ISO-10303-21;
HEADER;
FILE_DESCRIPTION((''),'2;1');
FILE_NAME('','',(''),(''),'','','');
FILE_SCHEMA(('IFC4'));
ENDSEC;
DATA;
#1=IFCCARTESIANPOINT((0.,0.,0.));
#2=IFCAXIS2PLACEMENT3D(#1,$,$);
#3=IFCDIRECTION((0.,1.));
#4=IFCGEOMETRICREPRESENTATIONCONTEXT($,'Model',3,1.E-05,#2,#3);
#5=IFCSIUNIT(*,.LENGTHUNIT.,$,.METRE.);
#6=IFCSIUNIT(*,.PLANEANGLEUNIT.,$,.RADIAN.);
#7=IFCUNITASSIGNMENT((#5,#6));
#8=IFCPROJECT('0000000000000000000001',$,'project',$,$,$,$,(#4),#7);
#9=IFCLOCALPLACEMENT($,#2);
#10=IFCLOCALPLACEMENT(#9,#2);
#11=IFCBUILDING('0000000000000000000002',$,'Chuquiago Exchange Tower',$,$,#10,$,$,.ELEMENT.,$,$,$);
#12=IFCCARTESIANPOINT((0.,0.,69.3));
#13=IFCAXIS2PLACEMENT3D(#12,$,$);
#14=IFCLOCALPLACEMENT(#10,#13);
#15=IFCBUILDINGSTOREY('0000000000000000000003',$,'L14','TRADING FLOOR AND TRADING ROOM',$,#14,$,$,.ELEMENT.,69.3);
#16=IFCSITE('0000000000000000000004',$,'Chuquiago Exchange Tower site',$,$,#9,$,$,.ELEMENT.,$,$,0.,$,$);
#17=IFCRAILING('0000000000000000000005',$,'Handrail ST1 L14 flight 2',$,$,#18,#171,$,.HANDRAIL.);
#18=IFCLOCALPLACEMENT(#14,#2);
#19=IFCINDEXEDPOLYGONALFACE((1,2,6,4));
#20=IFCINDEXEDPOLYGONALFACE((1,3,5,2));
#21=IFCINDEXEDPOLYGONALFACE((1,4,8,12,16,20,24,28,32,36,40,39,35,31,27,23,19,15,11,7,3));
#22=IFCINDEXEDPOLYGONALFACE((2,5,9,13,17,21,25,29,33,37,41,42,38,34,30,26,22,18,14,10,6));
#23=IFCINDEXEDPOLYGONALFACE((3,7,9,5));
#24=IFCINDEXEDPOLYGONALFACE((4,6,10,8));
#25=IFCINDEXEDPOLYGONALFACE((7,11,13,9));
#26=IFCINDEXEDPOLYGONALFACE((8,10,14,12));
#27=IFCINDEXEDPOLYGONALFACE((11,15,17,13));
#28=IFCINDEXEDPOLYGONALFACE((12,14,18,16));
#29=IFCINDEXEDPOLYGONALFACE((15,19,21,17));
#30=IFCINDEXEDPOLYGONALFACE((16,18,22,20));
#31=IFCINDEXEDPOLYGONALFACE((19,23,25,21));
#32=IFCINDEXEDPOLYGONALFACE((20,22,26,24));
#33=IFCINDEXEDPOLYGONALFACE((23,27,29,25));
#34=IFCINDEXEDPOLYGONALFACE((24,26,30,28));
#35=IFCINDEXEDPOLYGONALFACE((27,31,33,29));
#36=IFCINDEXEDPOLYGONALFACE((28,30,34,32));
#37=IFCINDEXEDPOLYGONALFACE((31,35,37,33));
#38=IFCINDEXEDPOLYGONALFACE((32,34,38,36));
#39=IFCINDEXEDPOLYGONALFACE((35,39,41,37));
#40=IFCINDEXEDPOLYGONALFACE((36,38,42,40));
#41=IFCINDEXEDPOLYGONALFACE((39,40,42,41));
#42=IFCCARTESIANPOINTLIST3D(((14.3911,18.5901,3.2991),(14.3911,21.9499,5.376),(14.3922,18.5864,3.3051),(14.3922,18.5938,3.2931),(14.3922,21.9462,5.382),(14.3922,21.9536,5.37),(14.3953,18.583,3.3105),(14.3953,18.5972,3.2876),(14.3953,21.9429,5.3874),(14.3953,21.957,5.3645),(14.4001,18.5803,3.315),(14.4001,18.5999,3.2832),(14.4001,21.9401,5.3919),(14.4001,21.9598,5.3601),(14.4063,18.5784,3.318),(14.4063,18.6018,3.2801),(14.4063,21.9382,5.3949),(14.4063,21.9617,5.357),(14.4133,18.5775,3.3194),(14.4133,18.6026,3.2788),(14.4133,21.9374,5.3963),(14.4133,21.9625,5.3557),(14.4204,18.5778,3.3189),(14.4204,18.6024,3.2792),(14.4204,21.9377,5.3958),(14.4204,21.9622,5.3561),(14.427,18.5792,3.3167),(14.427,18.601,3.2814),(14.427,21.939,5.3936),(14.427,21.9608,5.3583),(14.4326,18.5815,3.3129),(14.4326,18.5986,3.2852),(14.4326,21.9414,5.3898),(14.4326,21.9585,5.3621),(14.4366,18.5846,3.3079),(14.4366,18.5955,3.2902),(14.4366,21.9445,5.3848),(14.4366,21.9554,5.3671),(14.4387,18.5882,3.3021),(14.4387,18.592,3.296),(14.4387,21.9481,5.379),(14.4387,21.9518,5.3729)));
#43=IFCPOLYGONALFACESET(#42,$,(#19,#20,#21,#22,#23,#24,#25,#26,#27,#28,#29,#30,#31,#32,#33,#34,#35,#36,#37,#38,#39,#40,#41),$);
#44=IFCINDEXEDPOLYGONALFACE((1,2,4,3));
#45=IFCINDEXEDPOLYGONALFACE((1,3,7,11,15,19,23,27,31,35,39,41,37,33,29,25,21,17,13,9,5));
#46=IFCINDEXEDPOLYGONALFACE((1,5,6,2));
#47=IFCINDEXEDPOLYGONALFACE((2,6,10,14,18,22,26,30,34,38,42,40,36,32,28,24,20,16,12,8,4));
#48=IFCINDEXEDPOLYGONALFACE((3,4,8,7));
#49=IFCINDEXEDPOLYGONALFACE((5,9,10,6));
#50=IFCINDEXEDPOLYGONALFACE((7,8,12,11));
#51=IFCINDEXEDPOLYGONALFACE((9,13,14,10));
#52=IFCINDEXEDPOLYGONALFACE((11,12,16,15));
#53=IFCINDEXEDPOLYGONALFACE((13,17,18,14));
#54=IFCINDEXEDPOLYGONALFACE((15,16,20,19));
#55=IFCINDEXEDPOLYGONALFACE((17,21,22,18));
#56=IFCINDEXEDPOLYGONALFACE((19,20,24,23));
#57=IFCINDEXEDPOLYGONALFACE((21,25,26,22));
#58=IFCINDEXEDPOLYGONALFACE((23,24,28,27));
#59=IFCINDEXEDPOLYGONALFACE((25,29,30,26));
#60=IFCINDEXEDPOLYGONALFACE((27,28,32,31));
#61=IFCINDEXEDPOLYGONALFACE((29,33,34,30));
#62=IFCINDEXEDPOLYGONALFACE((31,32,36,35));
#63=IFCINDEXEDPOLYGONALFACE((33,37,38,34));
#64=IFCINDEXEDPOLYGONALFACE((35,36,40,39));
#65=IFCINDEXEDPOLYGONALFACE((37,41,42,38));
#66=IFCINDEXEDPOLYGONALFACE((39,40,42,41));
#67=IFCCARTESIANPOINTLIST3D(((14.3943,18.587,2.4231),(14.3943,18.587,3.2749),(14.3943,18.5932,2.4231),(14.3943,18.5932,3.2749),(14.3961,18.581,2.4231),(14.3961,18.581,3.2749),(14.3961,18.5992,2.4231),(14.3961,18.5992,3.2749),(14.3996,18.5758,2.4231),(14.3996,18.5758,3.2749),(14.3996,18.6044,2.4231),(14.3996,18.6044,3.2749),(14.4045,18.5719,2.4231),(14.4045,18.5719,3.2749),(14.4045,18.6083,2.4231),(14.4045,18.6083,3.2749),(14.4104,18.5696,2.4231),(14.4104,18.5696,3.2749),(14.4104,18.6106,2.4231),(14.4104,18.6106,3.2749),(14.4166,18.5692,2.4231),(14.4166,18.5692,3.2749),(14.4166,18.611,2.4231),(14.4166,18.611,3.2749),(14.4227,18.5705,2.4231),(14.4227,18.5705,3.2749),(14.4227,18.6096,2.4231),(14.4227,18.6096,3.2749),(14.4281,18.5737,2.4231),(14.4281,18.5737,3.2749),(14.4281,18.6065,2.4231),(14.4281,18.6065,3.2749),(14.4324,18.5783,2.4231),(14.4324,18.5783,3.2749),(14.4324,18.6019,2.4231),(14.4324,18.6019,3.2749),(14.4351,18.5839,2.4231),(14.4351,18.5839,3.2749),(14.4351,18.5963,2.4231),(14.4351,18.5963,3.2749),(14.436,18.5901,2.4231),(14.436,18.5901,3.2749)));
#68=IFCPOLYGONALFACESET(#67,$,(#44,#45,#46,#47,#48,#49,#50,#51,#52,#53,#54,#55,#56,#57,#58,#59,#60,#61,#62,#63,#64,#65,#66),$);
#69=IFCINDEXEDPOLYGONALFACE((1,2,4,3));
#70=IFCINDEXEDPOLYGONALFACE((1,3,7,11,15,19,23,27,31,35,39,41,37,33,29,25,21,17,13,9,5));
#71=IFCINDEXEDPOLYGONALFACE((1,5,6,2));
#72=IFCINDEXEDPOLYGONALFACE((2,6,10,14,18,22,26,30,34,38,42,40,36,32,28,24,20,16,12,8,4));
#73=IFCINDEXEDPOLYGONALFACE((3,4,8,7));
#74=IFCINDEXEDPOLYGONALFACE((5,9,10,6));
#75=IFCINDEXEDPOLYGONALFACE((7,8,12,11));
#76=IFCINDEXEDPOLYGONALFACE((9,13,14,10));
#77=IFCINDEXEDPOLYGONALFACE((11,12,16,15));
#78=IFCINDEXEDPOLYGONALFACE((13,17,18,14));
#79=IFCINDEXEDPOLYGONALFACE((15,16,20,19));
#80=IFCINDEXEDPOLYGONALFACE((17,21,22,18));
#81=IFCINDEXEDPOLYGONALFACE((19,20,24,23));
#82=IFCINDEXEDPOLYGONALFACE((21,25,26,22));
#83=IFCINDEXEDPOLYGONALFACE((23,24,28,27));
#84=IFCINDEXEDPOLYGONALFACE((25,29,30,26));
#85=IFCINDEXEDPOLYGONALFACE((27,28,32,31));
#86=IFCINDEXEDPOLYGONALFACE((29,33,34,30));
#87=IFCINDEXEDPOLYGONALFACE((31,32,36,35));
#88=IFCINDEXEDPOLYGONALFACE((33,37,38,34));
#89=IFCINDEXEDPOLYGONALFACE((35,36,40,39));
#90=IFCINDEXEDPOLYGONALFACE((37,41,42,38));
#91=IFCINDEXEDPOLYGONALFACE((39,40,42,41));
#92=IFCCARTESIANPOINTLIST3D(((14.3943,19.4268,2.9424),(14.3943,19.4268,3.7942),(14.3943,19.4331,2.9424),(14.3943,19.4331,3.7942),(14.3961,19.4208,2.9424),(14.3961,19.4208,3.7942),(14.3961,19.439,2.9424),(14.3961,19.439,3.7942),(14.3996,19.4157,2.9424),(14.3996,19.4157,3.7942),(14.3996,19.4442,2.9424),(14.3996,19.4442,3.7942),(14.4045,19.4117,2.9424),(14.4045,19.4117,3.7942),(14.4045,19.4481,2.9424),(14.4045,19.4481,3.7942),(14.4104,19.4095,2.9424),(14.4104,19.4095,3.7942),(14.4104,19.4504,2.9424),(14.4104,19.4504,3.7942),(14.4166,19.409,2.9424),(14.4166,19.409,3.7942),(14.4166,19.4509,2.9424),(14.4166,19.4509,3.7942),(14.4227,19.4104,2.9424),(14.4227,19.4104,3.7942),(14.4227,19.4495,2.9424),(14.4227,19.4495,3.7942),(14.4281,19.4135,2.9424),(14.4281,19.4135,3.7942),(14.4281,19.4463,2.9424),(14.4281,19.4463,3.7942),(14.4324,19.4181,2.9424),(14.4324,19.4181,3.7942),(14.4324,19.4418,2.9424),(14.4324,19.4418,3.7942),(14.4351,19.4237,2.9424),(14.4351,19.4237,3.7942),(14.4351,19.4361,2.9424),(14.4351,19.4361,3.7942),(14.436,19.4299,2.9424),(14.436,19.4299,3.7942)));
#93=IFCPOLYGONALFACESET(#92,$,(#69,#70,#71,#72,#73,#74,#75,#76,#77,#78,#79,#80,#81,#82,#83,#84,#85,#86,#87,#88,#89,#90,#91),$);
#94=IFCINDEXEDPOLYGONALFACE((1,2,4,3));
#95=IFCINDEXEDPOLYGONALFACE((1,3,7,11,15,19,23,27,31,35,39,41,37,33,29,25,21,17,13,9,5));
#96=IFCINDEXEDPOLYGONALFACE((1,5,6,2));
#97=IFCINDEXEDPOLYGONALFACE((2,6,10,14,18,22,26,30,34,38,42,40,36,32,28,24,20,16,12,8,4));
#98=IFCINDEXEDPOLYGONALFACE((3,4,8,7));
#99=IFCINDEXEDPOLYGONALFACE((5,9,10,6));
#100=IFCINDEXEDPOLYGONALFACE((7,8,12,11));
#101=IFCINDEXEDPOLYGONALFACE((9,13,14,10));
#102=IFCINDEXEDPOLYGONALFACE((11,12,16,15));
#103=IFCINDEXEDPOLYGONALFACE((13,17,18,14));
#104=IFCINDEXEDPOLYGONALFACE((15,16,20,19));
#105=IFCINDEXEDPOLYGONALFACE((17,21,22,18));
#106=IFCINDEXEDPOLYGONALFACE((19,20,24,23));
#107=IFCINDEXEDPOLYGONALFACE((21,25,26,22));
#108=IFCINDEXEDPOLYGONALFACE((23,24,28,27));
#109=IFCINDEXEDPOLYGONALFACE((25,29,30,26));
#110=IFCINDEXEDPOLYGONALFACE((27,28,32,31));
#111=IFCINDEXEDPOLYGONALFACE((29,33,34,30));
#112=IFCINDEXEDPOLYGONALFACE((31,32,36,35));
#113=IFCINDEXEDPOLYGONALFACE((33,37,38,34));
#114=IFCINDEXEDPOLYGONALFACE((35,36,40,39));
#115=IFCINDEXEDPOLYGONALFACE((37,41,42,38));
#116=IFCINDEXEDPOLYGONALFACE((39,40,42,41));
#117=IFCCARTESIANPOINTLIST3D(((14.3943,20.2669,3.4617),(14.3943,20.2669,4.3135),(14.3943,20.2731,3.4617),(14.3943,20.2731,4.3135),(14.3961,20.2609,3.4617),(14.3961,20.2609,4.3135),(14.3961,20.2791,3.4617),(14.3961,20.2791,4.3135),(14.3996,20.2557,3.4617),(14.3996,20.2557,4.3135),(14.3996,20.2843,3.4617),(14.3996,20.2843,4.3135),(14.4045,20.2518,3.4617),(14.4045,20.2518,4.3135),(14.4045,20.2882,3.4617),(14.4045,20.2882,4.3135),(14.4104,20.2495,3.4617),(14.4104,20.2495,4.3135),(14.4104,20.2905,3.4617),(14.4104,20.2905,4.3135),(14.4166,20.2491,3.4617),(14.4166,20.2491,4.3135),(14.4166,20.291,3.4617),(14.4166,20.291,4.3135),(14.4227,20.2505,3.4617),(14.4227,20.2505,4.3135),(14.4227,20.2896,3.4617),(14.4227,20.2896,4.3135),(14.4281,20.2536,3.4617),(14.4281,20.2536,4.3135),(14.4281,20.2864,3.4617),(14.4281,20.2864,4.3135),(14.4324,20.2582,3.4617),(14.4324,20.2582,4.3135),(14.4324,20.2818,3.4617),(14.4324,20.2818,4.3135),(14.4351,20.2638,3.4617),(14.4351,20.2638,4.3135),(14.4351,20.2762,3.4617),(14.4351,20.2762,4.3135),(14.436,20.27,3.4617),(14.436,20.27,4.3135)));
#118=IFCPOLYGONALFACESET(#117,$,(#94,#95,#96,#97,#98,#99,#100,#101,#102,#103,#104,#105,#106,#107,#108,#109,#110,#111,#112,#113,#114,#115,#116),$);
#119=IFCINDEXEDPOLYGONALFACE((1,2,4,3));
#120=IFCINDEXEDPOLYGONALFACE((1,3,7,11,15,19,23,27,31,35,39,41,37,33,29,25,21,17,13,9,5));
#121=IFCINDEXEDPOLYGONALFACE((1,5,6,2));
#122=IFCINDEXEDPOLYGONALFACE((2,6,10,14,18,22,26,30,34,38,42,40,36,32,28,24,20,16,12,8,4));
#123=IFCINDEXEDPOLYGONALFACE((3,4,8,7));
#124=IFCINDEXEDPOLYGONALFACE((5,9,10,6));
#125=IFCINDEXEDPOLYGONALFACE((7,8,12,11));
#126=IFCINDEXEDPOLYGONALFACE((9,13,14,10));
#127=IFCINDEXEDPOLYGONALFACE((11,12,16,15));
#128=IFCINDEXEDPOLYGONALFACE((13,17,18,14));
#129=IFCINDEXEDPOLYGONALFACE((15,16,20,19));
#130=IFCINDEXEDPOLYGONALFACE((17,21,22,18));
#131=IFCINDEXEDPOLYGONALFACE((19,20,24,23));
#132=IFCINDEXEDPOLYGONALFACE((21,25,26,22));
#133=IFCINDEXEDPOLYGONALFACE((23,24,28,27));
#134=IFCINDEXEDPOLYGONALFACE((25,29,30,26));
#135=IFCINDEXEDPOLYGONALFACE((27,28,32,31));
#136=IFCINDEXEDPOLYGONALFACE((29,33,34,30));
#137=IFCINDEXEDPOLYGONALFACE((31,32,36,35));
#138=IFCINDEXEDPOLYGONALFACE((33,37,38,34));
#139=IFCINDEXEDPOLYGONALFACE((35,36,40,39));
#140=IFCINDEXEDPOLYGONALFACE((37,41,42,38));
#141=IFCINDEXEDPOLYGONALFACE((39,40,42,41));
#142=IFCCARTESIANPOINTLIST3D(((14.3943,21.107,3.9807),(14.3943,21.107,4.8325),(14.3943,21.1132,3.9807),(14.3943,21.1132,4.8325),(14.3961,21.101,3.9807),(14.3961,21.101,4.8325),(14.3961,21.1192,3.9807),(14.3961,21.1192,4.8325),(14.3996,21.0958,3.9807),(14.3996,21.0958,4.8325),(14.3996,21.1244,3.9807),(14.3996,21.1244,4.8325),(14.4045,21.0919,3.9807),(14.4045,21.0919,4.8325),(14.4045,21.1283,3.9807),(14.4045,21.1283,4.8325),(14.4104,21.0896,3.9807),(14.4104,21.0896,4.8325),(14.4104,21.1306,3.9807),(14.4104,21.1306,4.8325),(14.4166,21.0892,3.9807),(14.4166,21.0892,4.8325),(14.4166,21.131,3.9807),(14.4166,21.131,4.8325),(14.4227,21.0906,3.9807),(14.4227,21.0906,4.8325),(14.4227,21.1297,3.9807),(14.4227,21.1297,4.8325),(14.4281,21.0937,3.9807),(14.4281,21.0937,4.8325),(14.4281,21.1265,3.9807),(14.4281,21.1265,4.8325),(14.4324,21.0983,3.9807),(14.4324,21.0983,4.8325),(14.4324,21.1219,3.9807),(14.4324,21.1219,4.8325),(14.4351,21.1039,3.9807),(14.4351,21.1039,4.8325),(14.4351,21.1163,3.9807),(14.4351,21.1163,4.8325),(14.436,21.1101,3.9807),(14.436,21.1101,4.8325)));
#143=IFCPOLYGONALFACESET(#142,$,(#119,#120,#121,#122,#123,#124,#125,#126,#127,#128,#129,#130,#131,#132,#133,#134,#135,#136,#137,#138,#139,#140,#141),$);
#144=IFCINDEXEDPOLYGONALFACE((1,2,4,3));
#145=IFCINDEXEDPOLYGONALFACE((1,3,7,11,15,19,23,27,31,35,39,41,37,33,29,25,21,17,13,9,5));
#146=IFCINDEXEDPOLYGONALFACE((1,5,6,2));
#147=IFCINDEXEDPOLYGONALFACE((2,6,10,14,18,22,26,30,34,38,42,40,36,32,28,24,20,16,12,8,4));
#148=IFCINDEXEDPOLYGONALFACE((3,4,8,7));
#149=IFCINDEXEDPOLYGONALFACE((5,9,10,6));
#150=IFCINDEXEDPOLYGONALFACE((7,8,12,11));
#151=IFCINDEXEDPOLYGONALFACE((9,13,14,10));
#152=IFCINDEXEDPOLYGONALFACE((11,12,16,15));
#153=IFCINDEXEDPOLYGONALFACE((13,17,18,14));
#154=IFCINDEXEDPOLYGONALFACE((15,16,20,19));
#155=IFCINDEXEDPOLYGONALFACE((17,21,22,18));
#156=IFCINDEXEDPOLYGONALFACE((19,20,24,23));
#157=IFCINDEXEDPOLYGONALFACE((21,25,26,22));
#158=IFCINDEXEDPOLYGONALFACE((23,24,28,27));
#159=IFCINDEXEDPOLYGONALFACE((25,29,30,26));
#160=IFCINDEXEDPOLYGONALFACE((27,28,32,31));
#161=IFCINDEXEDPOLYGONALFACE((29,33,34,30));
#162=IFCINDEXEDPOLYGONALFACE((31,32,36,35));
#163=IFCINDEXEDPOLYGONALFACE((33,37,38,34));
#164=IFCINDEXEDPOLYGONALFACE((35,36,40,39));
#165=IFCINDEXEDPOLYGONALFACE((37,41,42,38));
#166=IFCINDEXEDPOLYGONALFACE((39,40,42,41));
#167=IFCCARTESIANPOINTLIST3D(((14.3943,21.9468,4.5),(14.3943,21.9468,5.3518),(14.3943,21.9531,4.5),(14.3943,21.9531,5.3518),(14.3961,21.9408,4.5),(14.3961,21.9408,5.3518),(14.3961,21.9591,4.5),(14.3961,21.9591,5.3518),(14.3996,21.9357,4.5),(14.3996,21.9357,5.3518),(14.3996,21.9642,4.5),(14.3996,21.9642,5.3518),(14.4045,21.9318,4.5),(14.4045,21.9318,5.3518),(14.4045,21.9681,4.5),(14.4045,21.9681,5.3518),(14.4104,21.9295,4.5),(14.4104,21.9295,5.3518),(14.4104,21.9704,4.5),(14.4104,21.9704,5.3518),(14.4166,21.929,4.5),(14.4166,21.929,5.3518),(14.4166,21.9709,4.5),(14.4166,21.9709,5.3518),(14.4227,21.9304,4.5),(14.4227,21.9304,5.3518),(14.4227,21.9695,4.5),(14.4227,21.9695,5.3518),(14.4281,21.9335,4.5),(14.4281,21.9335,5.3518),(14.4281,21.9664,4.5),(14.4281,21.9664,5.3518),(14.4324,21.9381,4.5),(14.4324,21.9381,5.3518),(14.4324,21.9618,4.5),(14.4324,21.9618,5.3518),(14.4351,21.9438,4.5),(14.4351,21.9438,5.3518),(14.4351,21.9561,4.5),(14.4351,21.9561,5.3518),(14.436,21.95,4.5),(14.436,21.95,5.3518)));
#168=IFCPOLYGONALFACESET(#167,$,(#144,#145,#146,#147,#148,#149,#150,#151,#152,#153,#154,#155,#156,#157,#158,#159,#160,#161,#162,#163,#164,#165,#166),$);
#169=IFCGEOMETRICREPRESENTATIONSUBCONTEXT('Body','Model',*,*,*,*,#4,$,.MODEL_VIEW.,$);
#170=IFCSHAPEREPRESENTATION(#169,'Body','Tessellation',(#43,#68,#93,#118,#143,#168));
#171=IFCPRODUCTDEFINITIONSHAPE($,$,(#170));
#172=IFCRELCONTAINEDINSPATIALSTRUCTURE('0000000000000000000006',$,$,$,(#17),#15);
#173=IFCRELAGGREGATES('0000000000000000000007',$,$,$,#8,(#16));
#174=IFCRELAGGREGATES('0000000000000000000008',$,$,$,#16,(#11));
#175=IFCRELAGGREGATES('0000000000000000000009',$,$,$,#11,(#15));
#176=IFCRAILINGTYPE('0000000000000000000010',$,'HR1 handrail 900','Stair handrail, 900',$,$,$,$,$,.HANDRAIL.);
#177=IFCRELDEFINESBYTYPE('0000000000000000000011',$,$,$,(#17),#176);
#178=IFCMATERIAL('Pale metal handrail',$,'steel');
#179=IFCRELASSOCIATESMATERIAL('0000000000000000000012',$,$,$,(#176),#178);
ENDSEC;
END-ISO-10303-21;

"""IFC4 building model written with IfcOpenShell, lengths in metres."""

from ifc_helpers import new_model, si_unit, direction, frame, origin, origin_2d, place, context, subcontext, project, spatial, circle, extrude, material, type_object, element, save


model = new_model("IFC4")

# Units and contexts
model_context = context("Model", 3, precision=1e-05, world=origin(), true_north=direction((0.0, 1.0)))
body_context = subcontext(model_context, "Body", "Model", "MODEL_VIEW")
ifc_project = project(units=[si_unit("LENGTHUNIT", "METRE"), si_unit("PLANEANGLEUNIT", "RADIAN")], contexts=[model_context])

# Site, building, storey
site_placement = place(None, origin())
site = spatial("IfcSite", under=ifc_project, at=site_placement, Name="Chuquiago Exchange Tower site", CompositionType="ELEMENT", RefElevation=0.0)
building_placement = place(site_placement, origin())
building = spatial("IfcBuilding", under=site, at=building_placement, Name="Chuquiago Exchange Tower", CompositionType="ELEMENT")
storey_placement = place(building_placement, frame((0.0, 0.0, 69.3)))
storey = spatial("IfcBuildingStorey", under=building, at=storey_placement, Name="L14", Description="TRADING FLOOR AND TRADING ROOM", CompositionType="ELEMENT", Elevation=69.3)

# Railing
ifc_material_1 = material(Name="Pale metal handrail", Category="steel")
railing_type_1 = type_object("IfcRailingType", Name="HR1 handrail 900", Description="Stair handrail, 900", PredefinedType="HANDRAIL", material=ifc_material_1)
for number, where, name in (
    (1, (14.415, 18.5901, 2.4231), "Handrail ST1 L14 flight 2"),
):
    element("IfcRailing", number, at=place(storey_placement, frame(where)), inside=storey, type_object=railing_type_1, Name=name, PredefinedType="HANDRAIL", context=body_context, shape_type="SweptSolid", body=[
        extrude(circle(Radius=0.0239, at=origin_2d()), frame((0.0, 0.0, 0.876), z_axis=(0.0, 0.850606, 0.525803), x_axis=(-1.0, 0.0, 0.0)), (0.0, 0.0, 1.0), 3.95),
        extrude(circle(Radius=0.021, at=origin_2d()), origin(), (0.0, 0.0, 1.0), 0.8518),
        extrude(circle(Radius=0.021, at=origin_2d()), frame((0.0, 0.8398, 0.5193)), (0.0, 0.0, 1.0), 0.8518),
        extrude(circle(Radius=0.021, at=origin_2d()), frame((0.0, 1.6799, 1.0386)), (0.0, 0.0, 1.0), 0.8518),
        extrude(circle(Radius=0.021, at=origin_2d()), frame((0.0, 2.52, 1.5576)), (0.0, 0.0, 1.0), 0.8518),
        extrude(circle(Radius=0.021, at=origin_2d()), frame((0.0, 3.3599, 2.0769)), (0.0, 0.0, 1.0), 0.8518),
    ])

save(model, "model.ifc")
